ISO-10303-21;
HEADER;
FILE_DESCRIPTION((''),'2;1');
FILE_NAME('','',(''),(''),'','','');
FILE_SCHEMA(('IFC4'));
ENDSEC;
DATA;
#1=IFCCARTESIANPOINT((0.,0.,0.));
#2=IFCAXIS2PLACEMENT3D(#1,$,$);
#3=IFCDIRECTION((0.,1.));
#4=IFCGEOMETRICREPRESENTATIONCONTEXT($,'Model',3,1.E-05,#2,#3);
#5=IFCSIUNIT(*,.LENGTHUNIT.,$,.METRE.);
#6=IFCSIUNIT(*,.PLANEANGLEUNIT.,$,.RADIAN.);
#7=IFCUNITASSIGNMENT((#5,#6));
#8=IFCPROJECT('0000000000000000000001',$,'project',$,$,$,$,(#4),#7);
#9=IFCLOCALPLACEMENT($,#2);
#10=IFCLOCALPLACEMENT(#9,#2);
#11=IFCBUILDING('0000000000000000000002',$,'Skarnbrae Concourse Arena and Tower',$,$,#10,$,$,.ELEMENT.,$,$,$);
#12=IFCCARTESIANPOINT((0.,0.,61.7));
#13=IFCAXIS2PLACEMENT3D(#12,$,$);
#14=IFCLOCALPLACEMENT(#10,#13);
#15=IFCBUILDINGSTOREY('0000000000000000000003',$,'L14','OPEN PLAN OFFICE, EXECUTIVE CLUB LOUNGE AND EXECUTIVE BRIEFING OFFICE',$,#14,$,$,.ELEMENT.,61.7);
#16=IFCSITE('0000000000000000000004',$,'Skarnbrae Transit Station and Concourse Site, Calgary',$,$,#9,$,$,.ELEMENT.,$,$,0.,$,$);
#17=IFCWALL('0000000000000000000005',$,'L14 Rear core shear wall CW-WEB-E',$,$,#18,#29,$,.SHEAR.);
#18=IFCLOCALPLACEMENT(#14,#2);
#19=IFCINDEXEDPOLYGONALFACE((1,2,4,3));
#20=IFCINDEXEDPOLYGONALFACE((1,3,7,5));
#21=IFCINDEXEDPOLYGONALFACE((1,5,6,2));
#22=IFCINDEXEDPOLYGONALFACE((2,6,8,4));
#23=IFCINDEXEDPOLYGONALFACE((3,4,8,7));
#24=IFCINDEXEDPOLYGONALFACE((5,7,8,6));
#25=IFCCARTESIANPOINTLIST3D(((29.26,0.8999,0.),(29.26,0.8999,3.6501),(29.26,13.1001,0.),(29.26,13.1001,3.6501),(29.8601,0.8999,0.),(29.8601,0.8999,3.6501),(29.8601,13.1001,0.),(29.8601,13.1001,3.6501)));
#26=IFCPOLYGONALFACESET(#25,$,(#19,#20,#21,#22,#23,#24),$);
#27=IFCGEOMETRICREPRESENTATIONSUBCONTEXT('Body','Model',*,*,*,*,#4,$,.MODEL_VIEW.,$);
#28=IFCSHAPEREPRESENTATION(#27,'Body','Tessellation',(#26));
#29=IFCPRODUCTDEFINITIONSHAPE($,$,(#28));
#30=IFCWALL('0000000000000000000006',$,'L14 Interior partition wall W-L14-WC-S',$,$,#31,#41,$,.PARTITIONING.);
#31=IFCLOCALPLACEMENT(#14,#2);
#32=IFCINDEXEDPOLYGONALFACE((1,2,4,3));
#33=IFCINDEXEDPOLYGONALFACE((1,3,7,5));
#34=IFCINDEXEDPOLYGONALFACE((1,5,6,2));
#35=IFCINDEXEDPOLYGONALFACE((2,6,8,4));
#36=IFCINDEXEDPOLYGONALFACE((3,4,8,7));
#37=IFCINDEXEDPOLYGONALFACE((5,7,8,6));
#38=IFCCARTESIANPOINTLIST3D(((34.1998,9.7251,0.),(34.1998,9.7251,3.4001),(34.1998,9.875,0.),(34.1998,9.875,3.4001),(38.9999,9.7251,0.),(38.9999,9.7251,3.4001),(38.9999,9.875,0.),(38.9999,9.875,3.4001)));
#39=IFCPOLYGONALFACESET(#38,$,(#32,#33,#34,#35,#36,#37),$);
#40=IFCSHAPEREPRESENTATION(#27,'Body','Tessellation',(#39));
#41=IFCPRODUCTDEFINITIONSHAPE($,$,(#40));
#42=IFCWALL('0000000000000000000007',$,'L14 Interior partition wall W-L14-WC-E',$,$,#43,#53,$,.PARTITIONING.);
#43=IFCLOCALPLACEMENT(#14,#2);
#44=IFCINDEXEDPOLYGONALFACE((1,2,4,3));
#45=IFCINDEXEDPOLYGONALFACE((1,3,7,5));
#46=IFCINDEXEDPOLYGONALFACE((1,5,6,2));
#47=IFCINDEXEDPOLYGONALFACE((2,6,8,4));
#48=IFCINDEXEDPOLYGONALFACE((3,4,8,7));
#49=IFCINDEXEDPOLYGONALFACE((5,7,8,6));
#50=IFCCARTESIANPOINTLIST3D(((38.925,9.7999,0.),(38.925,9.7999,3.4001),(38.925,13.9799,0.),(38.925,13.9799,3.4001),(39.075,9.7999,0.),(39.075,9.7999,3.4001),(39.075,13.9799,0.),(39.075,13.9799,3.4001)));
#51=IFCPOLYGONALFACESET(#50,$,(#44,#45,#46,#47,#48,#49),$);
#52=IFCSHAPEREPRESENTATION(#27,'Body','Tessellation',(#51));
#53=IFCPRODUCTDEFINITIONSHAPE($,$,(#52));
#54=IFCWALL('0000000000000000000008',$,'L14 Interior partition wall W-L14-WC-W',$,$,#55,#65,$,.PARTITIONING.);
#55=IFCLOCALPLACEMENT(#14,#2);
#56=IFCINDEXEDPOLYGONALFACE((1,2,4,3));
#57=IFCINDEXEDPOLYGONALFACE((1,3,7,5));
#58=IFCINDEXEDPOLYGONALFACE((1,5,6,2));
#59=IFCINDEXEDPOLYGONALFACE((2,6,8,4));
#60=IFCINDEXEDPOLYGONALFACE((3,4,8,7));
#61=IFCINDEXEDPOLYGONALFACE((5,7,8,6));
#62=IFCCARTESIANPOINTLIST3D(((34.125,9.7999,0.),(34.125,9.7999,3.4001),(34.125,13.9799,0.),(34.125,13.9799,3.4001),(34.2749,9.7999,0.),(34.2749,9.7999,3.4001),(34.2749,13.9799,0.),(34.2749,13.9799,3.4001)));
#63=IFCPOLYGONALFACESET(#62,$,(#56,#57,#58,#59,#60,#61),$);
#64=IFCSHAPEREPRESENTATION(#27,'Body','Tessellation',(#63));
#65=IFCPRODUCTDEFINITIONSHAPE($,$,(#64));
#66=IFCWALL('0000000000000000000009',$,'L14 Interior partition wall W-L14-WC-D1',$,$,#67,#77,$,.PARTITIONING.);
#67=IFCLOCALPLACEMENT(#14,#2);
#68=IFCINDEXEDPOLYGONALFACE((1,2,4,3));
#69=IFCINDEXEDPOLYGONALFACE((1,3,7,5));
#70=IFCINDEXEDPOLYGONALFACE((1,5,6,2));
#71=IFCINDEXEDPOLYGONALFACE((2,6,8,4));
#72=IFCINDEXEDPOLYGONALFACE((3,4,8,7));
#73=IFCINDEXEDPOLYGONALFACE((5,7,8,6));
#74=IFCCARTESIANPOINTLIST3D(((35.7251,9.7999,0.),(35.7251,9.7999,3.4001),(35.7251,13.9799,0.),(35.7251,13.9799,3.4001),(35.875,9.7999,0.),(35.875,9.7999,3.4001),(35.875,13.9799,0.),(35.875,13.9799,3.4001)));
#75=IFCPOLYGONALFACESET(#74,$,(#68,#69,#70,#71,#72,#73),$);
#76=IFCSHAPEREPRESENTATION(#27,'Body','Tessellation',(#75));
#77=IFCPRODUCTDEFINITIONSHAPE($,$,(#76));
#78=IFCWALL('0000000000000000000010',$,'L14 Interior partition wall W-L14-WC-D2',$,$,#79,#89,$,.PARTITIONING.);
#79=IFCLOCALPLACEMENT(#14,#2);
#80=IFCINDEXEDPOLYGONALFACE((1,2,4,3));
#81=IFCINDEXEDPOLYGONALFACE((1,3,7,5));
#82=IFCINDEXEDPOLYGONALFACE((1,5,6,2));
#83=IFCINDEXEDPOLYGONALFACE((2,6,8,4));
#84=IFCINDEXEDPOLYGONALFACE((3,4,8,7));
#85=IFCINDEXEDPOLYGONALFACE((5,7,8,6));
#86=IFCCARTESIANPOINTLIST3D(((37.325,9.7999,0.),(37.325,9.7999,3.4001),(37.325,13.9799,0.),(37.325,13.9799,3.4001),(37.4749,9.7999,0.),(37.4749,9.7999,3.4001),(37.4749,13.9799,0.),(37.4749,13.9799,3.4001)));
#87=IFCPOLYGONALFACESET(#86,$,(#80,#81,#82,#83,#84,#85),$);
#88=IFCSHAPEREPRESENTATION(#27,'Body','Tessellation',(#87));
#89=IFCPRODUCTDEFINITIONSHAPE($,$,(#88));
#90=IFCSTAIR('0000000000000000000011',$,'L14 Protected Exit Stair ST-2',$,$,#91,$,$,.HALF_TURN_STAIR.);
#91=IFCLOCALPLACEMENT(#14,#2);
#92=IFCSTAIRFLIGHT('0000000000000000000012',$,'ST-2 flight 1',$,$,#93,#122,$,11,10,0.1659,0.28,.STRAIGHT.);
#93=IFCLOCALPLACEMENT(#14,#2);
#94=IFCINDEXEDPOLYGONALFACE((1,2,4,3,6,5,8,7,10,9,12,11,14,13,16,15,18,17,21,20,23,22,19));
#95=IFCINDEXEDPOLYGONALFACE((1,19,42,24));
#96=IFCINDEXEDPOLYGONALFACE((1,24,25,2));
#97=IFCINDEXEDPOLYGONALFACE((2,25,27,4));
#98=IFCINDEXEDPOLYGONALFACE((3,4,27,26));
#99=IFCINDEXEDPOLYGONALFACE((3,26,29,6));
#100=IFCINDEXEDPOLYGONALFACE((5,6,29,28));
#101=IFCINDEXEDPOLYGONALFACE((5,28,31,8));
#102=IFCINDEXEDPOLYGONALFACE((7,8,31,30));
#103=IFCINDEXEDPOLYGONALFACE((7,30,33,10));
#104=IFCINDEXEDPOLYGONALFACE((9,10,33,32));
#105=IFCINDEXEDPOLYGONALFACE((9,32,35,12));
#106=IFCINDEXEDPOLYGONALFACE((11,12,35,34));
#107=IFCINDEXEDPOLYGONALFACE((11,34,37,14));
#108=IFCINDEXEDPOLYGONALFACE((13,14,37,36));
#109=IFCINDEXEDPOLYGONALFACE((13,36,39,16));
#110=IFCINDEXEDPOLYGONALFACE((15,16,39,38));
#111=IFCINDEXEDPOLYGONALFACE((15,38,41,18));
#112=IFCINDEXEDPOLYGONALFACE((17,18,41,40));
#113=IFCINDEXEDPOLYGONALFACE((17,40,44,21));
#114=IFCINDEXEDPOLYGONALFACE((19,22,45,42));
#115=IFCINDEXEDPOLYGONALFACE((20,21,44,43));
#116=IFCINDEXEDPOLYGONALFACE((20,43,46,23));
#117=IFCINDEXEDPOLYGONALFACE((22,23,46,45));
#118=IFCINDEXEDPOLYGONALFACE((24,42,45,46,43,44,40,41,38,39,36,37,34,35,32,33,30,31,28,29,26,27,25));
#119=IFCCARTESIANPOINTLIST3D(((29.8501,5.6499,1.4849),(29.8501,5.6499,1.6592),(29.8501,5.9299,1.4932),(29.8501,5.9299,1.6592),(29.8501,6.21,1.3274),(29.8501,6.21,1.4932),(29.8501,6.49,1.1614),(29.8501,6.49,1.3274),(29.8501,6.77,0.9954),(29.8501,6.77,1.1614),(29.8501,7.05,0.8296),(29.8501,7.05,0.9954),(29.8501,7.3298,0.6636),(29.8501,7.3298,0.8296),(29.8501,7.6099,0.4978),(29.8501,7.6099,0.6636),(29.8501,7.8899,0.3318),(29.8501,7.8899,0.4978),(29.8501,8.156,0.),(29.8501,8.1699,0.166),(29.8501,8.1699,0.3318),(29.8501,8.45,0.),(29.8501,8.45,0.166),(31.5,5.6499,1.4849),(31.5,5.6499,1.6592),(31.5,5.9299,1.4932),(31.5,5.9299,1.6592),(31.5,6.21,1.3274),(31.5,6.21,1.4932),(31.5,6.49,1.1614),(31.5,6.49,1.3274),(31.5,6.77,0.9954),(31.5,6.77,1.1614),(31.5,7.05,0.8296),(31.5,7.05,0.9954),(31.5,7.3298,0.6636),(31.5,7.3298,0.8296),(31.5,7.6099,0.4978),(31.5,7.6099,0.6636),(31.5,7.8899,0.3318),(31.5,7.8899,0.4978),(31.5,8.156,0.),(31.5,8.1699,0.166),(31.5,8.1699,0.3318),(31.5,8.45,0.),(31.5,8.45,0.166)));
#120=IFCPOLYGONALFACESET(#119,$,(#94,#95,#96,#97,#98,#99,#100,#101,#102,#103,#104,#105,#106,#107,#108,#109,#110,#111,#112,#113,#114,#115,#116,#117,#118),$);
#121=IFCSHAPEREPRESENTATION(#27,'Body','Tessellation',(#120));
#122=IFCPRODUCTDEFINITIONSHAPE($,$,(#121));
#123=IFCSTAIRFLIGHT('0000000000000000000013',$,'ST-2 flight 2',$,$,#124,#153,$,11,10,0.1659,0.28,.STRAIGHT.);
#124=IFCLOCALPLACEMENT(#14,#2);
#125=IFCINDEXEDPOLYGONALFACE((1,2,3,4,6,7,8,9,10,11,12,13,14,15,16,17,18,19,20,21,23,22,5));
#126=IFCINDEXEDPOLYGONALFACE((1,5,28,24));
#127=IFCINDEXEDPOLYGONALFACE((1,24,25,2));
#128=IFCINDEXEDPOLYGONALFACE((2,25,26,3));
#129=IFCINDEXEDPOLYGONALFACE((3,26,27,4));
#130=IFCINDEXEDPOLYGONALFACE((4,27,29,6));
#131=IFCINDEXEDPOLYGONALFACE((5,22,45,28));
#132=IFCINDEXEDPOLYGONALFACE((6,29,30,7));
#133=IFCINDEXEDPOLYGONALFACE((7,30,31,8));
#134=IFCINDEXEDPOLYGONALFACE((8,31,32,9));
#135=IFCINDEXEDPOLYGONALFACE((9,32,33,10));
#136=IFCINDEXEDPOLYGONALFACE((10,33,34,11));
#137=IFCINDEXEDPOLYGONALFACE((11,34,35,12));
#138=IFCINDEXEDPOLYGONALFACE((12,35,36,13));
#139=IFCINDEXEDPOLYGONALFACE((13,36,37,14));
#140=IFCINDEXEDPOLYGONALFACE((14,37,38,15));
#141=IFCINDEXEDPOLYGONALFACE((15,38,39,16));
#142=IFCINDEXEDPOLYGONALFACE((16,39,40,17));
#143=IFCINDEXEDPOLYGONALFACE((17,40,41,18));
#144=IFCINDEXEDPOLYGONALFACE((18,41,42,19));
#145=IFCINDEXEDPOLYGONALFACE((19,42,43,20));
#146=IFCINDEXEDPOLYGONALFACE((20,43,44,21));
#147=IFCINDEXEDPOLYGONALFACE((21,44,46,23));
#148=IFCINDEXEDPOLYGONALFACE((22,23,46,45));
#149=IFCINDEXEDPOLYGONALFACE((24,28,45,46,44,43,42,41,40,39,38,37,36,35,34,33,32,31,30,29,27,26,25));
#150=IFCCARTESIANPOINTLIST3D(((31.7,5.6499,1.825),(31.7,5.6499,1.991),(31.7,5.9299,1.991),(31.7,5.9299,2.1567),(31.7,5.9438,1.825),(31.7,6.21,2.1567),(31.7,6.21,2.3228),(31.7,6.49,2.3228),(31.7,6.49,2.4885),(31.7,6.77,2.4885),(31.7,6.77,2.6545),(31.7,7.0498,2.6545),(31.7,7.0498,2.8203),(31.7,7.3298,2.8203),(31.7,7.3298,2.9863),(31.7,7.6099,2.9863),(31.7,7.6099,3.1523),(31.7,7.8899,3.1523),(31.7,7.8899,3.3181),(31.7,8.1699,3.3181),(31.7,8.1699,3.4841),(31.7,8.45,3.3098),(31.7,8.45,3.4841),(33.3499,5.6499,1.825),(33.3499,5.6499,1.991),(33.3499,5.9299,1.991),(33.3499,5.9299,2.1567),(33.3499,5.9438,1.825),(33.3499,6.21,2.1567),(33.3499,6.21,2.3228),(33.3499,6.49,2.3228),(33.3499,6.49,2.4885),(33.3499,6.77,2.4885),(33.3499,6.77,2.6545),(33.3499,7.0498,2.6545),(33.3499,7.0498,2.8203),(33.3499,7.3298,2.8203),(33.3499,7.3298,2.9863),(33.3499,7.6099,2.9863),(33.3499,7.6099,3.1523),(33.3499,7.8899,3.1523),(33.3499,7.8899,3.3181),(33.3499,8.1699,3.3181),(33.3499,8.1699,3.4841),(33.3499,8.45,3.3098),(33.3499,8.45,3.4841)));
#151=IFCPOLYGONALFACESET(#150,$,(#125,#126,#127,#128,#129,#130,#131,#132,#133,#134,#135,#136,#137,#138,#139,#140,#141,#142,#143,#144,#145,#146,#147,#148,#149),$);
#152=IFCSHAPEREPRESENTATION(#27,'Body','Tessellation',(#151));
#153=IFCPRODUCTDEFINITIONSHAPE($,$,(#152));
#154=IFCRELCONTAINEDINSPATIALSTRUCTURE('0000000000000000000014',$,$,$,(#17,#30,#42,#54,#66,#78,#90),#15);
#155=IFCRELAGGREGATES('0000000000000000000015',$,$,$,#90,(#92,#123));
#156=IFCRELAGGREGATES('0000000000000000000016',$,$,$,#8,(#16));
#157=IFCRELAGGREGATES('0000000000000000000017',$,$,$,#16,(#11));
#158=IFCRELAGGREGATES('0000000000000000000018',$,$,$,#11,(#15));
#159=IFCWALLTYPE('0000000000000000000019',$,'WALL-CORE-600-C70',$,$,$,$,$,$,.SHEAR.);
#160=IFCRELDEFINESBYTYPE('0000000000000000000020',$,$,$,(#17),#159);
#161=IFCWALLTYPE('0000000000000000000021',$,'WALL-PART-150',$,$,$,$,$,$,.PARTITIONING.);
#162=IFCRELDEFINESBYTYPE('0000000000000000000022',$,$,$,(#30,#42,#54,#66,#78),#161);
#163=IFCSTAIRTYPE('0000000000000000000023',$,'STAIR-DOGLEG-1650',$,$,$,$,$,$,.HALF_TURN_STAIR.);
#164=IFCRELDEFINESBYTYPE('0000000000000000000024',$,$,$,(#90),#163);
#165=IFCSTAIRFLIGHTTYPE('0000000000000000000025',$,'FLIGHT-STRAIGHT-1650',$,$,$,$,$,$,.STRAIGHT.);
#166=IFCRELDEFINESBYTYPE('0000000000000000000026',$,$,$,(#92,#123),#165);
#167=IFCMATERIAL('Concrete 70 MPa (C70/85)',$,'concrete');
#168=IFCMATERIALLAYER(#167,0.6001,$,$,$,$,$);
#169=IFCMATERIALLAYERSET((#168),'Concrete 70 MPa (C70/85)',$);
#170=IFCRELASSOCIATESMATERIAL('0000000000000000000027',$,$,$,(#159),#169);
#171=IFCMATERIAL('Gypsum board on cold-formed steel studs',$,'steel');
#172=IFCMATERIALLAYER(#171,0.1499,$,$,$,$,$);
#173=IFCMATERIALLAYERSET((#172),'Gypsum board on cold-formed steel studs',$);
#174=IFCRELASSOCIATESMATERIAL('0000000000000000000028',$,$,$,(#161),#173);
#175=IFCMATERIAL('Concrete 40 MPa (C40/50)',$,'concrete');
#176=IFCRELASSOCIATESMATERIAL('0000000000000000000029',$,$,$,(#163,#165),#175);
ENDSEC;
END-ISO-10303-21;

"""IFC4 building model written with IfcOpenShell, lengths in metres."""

from ifc_helpers import new_model, si_unit, direction, frame, frame_2d, origin, place, context, subcontext, project, spatial, polyline, rectangle, outline, extrude, source, transform, mapped, material, layer, layer_set, type_object, element, aggregate, save


model = new_model("IFC4")

# Units and contexts
model_context = context("Model", 3, precision=1e-05, world=origin(), true_north=direction((0.0, 1.0)))
body_context = subcontext(model_context, "Body", "Model", "MODEL_VIEW")
ifc_project = project(units=[si_unit("LENGTHUNIT", "METRE"), si_unit("PLANEANGLEUNIT", "RADIAN")], contexts=[model_context])

# Site, building, storey
site_placement = place(None, origin())
site = spatial("IfcSite", under=ifc_project, at=site_placement, Name="Skarnbrae Transit Station and Concourse Site, Calgary", CompositionType="ELEMENT", RefElevation=0.0)
building_placement = place(site_placement, origin())
building = spatial("IfcBuilding", under=site, at=building_placement, Name="Skarnbrae Concourse Arena and Tower", CompositionType="ELEMENT")
storey_placement = place(building_placement, frame((0.0, 0.0, 61.7)))
storey = spatial("IfcBuildingStorey", under=building, at=storey_placement, Name="L14", Description="OPEN PLAN OFFICE, EXECUTIVE CLUB LOUNGE AND EXECUTIVE BRIEFING OFFICE", CompositionType="ELEMENT", Elevation=61.7)

# Wall
ifc_material_1 = material(Name="Concrete 70 MPa (C70/85)", Category="concrete")
ifc_layer_1 = layer(ifc_material_1, 0.6001)
ifc_layer_set_1 = layer_set([ifc_layer_1], Name="Concrete 70 MPa (C70/85)")
wall_type_1 = type_object("IfcWallType", Name="WALL-CORE-600-C70", PredefinedType="SHEAR", material=ifc_layer_set_1)
shared_shape_1 = source(origin(), body_context, "Body", "SweptSolid", [
    extrude(rectangle(XDim=12.2002, YDim=0.6001, at=frame_2d((6.1001, 0.0))), origin(), (0.0, 0.0, 1.0), 3.6501),
])
wall_1_placement = place(storey_placement, frame((29.5601, 0.8999, 0.0), z_axis=(0.0, 0.0, 1.0), x_axis=(0.0, 1.0, 0.0)))
element("IfcWall", 1, at=wall_1_placement, inside=storey, type_object=wall_type_1, Name="L14 Rear core shear wall CW-WEB-E", PredefinedType="SHEAR", context=body_context, shape_type="MappedRepresentation", body=[
    mapped(shared_shape_1, transform((0.0, 0.0, 0.0))),
])

# Walls
ifc_material_2 = material(Name="Gypsum board on cold-formed steel studs", Category="steel")
ifc_layer_2 = layer(ifc_material_2, 0.1499)
ifc_layer_set_2 = layer_set([ifc_layer_2], Name="Gypsum board on cold-formed steel studs")
wall_type_2 = type_object("IfcWallType", Name="WALL-PART-150", PredefinedType="PARTITIONING", material=ifc_layer_set_2)
shared_shape_2 = source(origin(), body_context, "Body", "SweptSolid", [
    extrude(rectangle(XDim=4.8, YDim=0.1499, at=frame_2d((2.3999, 0.0))), origin(), (0.0, 0.0, 1.0), 3.4001),
])
wall_2_placement = place(storey_placement, frame((34.2, 9.8, 0.0), z_axis=(0.0, 0.0, 1.0), x_axis=(1.0, 0.0, 0.0)))
element("IfcWall", 2, at=wall_2_placement, inside=storey, type_object=wall_type_2, Name="L14 Interior partition wall W-L14-WC-S", PredefinedType="PARTITIONING", context=body_context, shape_type="MappedRepresentation", body=[
    mapped(shared_shape_2, transform((0.0, 0.0, 0.0))),
])
shared_shape_3 = source(origin(), body_context, "Body", "SweptSolid", [
    extrude(rectangle(XDim=4.1799, YDim=0.1499, at=frame_2d((2.0898, 0.0))), origin(), (0.0, 0.0, 1.0), 3.4001),
])
for number, where, z_axis, x_axis, name in (
    (3, (39.0, 9.8, 0.0), (0.0, 0.0, 1.0), (0.0, 1.0, 0.0), "L14 Interior partition wall W-L14-WC-E"),
    (4, (34.2, 9.8, 0.0), (0.0, 0.0, 1.0), (0.0, 1.0, 0.0), "L14 Interior partition wall W-L14-WC-W"),
    (5, (35.8, 9.8, 0.0), (0.0, 0.0, 1.0), (0.0, 1.0, 0.0), "L14 Interior partition wall W-L14-WC-D1"),
    (6, (37.3999, 9.8, 0.0), (0.0, 0.0, 1.0), (0.0, 1.0, 0.0), "L14 Interior partition wall W-L14-WC-D2"),
):
    element("IfcWall", number, at=place(storey_placement, frame(where, z_axis=z_axis, x_axis=x_axis)), inside=storey, type_object=wall_type_2, Name=name, PredefinedType="PARTITIONING", context=body_context, shape_type="MappedRepresentation", body=[
        mapped(shared_shape_3, transform((0.0, 0.0, 0.0))),
    ])

# Stair, stair flights
ifc_material_3 = material(Name="Concrete 40 MPa (C40/50)", Category="concrete")
stair_type = type_object("IfcStairType", Name="STAIR-DOGLEG-1650", PredefinedType="HALF_TURN_STAIR", material=ifc_material_3)
stair_placement = place(storey_placement, origin())
stair = element("IfcStair", 7, at=stair_placement, inside=storey, type_object=stair_type, Name="L14 Protected Exit Stair ST-2", PredefinedType="HALF_TURN_STAIR")
stair_flight_type = type_object("IfcStairFlightType", Name="FLIGHT-STRAIGHT-1650", PredefinedType="STRAIGHT", material=ifc_material_3)
shared_shape_4 = source(origin(), body_context, "Body", "SweptSolid", [
    extrude(outline(polyline([(0.0, 0.0), (0.0, 0.166), (0.28, 0.166), (0.28, 0.3318), (0.5601, 0.3318), (0.5601, 0.4978), (0.8401, 0.4978), (0.8401, 0.6636), (1.1201, 0.6636), (1.1201, 0.8296), (1.3999, 0.8296), (1.3999, 0.9954), (1.6799, 0.9954), (1.6799, 1.1614), (1.96, 1.1614), (1.96, 1.3274), (2.24, 1.3274), (2.24, 1.4932), (2.52, 1.4932), (2.52, 1.6592), (2.8, 1.6592), (2.8, 1.825), (2.8, 1.4849), (0.2939, 0.0), (0.0, 0.0)])), frame((0.0, 0.825, 0.0), z_axis=(0.0, -1.0, 0.0), x_axis=(1.0, 0.0, 0.0)), (0.0, 0.0, 1.0), 1.6499),
])
stair_flight_1_placement = place(storey_placement, frame((30.675, 8.45, 0.0), z_axis=(0.0, 0.0, 1.0), x_axis=(0.0, -1.0, 0.0)))
stair_flight_1 = element("IfcStairFlight", 8, at=stair_flight_1_placement, type_object=stair_flight_type, Name="ST-2 flight 1", NumberOfRisers=11, NumberOfTreads=10, PredefinedType="STRAIGHT", RiserHeight=0.1659, TreadLength=0.28, context=body_context, shape_type="MappedRepresentation", body=[
    mapped(shared_shape_4, transform((0.0, 0.0, 0.0))),
])
stair_flight_2_placement = place(storey_placement, frame((32.5249, 5.6499, 1.825), z_axis=(0.0, 0.0, 1.0), x_axis=(0.0, 1.0, 0.0)))
stair_flight_2 = element("IfcStairFlight", 9, at=stair_flight_2_placement, type_object=stair_flight_type, Name="ST-2 flight 2", NumberOfRisers=11, NumberOfTreads=10, PredefinedType="STRAIGHT", RiserHeight=0.1659, TreadLength=0.28, context=body_context, shape_type="MappedRepresentation", body=[
    mapped(shared_shape_4, transform((0.0, 0.0, 0.0))),
])
aggregate(stair, [stair_flight_1, stair_flight_2])

save(model, "model.ifc")
